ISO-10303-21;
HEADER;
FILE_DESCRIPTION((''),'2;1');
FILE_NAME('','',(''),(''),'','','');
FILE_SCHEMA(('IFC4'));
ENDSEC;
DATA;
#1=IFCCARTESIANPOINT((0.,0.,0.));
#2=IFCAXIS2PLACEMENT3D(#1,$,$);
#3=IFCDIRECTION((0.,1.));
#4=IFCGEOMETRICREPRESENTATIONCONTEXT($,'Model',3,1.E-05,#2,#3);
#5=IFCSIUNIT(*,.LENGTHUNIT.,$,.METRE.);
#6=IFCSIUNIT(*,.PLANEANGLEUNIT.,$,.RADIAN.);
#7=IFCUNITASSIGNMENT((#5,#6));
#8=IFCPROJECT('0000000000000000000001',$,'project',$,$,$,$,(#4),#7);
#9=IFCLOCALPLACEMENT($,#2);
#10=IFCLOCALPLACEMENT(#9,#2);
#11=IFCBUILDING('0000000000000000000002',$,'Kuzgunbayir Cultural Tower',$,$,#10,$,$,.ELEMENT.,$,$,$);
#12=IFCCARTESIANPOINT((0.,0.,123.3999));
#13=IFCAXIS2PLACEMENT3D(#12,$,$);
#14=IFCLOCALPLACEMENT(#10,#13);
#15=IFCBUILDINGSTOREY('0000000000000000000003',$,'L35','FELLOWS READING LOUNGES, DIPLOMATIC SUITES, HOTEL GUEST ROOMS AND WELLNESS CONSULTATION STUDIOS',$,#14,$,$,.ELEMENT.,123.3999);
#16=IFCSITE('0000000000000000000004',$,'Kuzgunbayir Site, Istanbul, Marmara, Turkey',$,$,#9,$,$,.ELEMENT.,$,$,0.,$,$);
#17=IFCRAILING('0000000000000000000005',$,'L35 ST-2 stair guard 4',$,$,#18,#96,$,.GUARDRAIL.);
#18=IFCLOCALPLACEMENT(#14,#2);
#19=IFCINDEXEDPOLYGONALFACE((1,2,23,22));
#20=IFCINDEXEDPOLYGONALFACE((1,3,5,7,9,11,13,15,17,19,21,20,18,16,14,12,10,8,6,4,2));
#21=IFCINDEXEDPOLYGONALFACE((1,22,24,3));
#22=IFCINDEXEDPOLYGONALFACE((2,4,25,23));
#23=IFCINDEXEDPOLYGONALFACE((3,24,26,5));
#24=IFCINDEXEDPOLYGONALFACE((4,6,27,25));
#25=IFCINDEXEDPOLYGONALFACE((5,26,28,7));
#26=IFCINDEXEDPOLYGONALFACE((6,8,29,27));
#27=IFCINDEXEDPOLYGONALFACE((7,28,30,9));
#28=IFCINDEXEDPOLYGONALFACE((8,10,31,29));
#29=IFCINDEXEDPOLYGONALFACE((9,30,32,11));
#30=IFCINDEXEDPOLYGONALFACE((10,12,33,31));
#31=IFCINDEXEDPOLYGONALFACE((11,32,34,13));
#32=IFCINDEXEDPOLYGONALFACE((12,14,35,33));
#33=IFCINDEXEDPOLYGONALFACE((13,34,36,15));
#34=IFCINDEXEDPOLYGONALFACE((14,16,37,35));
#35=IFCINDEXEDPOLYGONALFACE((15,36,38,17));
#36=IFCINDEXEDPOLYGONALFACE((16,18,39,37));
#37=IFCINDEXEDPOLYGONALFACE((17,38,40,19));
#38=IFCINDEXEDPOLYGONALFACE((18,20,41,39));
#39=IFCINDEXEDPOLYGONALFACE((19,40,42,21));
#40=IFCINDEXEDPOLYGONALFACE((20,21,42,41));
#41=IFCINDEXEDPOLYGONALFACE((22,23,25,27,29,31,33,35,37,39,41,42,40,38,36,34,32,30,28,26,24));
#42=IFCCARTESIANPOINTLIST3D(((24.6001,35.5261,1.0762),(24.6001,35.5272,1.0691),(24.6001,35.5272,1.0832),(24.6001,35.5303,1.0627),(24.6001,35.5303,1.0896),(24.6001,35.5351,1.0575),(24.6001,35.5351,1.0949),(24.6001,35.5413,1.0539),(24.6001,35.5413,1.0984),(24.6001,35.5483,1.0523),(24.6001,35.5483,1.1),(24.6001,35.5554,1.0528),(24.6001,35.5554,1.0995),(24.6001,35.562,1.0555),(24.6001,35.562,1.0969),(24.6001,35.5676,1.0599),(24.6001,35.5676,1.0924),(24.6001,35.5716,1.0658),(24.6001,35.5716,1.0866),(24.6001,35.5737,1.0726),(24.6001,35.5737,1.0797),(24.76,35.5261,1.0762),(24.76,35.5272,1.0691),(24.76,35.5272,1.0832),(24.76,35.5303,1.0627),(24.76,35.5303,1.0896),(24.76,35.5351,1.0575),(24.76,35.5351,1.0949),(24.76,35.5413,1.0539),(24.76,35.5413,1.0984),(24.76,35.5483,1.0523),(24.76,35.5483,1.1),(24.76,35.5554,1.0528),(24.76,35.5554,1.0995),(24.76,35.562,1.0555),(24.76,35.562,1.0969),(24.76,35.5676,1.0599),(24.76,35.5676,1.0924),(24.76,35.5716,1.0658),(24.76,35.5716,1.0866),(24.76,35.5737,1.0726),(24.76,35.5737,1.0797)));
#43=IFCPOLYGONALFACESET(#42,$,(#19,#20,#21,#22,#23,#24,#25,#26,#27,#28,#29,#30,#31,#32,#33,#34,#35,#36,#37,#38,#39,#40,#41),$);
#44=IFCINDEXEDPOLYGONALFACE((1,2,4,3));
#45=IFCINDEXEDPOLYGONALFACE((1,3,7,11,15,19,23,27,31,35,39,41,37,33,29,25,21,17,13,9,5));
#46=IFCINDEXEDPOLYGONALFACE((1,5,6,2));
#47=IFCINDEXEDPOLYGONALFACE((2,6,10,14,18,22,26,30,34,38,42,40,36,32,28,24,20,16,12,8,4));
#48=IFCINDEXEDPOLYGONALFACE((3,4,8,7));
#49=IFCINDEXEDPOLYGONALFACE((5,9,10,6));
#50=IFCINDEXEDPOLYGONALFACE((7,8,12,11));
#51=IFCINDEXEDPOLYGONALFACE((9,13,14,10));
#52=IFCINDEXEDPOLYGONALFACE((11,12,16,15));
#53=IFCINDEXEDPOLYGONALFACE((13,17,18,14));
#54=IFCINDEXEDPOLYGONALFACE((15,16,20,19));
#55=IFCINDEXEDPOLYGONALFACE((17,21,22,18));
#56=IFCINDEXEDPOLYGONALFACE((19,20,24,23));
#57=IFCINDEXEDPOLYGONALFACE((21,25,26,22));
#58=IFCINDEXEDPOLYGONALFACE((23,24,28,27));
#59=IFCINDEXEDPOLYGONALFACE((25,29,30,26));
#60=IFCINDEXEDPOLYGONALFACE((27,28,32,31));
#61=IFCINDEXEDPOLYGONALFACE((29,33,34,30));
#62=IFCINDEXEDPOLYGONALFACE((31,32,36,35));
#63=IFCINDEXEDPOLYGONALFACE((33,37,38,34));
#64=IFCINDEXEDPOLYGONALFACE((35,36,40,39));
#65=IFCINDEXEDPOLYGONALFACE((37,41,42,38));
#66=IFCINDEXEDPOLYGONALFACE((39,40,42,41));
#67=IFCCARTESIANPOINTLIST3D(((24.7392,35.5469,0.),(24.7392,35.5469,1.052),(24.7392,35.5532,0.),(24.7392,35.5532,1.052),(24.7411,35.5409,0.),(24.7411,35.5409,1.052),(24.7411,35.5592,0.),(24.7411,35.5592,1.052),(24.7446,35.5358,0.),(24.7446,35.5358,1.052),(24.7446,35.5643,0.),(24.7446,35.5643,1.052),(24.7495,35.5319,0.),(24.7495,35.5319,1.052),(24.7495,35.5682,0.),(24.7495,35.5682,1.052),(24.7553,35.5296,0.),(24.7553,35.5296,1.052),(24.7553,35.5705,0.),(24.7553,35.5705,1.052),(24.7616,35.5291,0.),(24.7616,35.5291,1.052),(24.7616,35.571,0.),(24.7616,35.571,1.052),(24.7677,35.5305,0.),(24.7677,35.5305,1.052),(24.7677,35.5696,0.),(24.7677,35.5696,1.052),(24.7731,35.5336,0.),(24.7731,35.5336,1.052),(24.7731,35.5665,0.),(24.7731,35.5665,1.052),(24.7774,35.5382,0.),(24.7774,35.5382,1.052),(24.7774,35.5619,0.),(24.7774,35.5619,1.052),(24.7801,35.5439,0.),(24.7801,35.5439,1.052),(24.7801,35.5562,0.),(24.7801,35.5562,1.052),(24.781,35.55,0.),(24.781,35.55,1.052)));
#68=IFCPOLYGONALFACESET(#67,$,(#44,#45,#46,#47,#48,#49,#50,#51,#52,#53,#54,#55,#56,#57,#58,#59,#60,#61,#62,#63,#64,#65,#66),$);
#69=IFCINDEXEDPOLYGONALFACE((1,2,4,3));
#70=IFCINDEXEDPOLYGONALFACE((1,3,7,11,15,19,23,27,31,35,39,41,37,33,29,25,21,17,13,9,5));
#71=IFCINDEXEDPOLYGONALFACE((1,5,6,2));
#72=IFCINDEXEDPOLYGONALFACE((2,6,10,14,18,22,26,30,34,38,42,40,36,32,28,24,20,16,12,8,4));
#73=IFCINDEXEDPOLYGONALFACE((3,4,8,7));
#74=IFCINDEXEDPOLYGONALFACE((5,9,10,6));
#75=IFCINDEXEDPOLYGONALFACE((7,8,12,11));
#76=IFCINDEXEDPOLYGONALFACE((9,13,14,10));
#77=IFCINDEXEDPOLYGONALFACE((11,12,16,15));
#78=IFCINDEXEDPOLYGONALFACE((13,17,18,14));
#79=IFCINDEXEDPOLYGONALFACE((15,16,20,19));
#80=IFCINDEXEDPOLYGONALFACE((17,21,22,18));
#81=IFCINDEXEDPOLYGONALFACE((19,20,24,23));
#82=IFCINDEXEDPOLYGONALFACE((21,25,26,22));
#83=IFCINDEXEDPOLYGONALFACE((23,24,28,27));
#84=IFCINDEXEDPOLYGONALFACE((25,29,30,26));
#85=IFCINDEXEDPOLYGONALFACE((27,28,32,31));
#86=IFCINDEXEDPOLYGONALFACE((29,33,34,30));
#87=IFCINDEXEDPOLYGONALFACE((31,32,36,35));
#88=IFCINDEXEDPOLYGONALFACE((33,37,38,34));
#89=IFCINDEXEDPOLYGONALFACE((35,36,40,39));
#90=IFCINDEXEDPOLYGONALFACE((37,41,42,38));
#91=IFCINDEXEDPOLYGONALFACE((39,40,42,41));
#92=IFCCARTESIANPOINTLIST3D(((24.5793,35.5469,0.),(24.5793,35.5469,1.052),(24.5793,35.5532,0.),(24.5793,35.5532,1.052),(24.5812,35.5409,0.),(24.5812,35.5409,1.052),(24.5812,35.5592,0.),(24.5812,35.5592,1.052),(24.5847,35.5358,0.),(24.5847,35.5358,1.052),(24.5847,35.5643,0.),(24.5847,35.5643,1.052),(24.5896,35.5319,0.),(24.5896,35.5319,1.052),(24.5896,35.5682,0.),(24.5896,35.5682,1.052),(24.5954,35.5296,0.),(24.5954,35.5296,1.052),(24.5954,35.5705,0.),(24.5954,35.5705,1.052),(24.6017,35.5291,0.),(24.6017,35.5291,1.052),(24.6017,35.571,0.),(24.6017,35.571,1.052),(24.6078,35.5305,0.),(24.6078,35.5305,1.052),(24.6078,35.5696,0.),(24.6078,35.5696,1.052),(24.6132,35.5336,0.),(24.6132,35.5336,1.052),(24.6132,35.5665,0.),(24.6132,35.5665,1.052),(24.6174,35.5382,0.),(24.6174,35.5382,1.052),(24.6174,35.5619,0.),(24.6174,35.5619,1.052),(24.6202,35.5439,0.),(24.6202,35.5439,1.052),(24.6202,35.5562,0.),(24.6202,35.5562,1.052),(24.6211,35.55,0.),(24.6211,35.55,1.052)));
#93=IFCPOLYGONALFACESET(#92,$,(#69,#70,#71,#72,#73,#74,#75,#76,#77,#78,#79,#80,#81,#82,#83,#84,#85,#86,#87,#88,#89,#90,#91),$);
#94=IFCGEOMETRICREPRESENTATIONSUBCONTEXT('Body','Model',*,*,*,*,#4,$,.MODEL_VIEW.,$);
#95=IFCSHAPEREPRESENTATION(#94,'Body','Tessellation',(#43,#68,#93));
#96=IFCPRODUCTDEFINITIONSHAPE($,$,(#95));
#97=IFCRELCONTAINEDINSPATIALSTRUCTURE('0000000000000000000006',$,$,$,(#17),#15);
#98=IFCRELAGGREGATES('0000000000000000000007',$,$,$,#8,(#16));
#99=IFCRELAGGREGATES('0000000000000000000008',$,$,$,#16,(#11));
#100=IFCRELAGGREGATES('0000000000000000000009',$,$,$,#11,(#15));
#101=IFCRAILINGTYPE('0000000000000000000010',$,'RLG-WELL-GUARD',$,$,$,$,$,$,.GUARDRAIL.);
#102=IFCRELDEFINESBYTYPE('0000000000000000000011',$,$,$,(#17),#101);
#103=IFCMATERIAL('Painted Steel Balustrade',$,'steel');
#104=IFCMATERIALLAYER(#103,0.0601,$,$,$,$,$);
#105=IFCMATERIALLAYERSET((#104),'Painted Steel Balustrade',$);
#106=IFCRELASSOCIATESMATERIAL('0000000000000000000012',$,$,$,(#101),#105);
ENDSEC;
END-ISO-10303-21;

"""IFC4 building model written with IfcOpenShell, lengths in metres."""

from ifc_helpers import new_model, si_unit, direction, frame, origin, origin_2d, place, context, subcontext, project, spatial, circle, extrude, material, layer, layer_set, type_object, element, save


model = new_model("IFC4")

# Units and contexts
model_context = context("Model", 3, precision=1e-05, world=origin(), true_north=direction((0.0, 1.0)))
body_context = subcontext(model_context, "Body", "Model", "MODEL_VIEW")
ifc_project = project(units=[si_unit("LENGTHUNIT", "METRE"), si_unit("PLANEANGLEUNIT", "RADIAN")], contexts=[model_context])

# Site, building, storey
site_placement = place(None, origin())
site = spatial("IfcSite", under=ifc_project, at=site_placement, Name="Kuzgunbayir Site, Istanbul, Marmara, Turkey", CompositionType="ELEMENT", RefElevation=0.0)
building_placement = place(site_placement, origin())
building = spatial("IfcBuilding", under=site, at=building_placement, Name="Kuzgunbayir Cultural Tower", CompositionType="ELEMENT")
storey_placement = place(building_placement, frame((0.0, 0.0, 123.3999)))
storey = spatial("IfcBuildingStorey", under=building, at=storey_placement, Name="L35", Description="FELLOWS READING LOUNGES, DIPLOMATIC SUITES, HOTEL GUEST ROOMS AND WELLNESS CONSULTATION STUDIOS", CompositionType="ELEMENT", Elevation=123.3999)

# Railing
ifc_material_1 = material(Name="Painted Steel Balustrade", Category="steel")
ifc_layer_1 = layer(ifc_material_1, 0.0601)
ifc_layer_set_1 = layer_set([ifc_layer_1], Name="Painted Steel Balustrade")
railing_type_1 = type_object("IfcRailingType", Name="RLG-WELL-GUARD", PredefinedType="GUARDRAIL", material=ifc_layer_set_1)
railing_1_placement = place(storey_placement, frame((24.76, 35.55, 0.0)))
element("IfcRailing", 1, at=railing_1_placement, inside=storey, type_object=railing_type_1, Name="L35 ST-2 stair guard 4", PredefinedType="GUARDRAIL", context=body_context, shape_type="SweptSolid", body=[
    extrude(circle(Radius=0.0239, at=origin_2d()), frame((0.0, 0.0, 1.0762), z_axis=(-1.0, 0.0, 0.0), x_axis=(0.0, -1.0, 0.0)), (0.0, 0.0, 1.0), 0.1599),
    extrude(circle(Radius=0.021, at=origin_2d()), origin(), (0.0, 0.0, 1.0), 1.052),
    extrude(circle(Radius=0.021, at=origin_2d()), frame((-0.1599, 0.0, 0.0)), (0.0, 0.0, 1.0), 1.052),
])

save(model, "model.ifc")
